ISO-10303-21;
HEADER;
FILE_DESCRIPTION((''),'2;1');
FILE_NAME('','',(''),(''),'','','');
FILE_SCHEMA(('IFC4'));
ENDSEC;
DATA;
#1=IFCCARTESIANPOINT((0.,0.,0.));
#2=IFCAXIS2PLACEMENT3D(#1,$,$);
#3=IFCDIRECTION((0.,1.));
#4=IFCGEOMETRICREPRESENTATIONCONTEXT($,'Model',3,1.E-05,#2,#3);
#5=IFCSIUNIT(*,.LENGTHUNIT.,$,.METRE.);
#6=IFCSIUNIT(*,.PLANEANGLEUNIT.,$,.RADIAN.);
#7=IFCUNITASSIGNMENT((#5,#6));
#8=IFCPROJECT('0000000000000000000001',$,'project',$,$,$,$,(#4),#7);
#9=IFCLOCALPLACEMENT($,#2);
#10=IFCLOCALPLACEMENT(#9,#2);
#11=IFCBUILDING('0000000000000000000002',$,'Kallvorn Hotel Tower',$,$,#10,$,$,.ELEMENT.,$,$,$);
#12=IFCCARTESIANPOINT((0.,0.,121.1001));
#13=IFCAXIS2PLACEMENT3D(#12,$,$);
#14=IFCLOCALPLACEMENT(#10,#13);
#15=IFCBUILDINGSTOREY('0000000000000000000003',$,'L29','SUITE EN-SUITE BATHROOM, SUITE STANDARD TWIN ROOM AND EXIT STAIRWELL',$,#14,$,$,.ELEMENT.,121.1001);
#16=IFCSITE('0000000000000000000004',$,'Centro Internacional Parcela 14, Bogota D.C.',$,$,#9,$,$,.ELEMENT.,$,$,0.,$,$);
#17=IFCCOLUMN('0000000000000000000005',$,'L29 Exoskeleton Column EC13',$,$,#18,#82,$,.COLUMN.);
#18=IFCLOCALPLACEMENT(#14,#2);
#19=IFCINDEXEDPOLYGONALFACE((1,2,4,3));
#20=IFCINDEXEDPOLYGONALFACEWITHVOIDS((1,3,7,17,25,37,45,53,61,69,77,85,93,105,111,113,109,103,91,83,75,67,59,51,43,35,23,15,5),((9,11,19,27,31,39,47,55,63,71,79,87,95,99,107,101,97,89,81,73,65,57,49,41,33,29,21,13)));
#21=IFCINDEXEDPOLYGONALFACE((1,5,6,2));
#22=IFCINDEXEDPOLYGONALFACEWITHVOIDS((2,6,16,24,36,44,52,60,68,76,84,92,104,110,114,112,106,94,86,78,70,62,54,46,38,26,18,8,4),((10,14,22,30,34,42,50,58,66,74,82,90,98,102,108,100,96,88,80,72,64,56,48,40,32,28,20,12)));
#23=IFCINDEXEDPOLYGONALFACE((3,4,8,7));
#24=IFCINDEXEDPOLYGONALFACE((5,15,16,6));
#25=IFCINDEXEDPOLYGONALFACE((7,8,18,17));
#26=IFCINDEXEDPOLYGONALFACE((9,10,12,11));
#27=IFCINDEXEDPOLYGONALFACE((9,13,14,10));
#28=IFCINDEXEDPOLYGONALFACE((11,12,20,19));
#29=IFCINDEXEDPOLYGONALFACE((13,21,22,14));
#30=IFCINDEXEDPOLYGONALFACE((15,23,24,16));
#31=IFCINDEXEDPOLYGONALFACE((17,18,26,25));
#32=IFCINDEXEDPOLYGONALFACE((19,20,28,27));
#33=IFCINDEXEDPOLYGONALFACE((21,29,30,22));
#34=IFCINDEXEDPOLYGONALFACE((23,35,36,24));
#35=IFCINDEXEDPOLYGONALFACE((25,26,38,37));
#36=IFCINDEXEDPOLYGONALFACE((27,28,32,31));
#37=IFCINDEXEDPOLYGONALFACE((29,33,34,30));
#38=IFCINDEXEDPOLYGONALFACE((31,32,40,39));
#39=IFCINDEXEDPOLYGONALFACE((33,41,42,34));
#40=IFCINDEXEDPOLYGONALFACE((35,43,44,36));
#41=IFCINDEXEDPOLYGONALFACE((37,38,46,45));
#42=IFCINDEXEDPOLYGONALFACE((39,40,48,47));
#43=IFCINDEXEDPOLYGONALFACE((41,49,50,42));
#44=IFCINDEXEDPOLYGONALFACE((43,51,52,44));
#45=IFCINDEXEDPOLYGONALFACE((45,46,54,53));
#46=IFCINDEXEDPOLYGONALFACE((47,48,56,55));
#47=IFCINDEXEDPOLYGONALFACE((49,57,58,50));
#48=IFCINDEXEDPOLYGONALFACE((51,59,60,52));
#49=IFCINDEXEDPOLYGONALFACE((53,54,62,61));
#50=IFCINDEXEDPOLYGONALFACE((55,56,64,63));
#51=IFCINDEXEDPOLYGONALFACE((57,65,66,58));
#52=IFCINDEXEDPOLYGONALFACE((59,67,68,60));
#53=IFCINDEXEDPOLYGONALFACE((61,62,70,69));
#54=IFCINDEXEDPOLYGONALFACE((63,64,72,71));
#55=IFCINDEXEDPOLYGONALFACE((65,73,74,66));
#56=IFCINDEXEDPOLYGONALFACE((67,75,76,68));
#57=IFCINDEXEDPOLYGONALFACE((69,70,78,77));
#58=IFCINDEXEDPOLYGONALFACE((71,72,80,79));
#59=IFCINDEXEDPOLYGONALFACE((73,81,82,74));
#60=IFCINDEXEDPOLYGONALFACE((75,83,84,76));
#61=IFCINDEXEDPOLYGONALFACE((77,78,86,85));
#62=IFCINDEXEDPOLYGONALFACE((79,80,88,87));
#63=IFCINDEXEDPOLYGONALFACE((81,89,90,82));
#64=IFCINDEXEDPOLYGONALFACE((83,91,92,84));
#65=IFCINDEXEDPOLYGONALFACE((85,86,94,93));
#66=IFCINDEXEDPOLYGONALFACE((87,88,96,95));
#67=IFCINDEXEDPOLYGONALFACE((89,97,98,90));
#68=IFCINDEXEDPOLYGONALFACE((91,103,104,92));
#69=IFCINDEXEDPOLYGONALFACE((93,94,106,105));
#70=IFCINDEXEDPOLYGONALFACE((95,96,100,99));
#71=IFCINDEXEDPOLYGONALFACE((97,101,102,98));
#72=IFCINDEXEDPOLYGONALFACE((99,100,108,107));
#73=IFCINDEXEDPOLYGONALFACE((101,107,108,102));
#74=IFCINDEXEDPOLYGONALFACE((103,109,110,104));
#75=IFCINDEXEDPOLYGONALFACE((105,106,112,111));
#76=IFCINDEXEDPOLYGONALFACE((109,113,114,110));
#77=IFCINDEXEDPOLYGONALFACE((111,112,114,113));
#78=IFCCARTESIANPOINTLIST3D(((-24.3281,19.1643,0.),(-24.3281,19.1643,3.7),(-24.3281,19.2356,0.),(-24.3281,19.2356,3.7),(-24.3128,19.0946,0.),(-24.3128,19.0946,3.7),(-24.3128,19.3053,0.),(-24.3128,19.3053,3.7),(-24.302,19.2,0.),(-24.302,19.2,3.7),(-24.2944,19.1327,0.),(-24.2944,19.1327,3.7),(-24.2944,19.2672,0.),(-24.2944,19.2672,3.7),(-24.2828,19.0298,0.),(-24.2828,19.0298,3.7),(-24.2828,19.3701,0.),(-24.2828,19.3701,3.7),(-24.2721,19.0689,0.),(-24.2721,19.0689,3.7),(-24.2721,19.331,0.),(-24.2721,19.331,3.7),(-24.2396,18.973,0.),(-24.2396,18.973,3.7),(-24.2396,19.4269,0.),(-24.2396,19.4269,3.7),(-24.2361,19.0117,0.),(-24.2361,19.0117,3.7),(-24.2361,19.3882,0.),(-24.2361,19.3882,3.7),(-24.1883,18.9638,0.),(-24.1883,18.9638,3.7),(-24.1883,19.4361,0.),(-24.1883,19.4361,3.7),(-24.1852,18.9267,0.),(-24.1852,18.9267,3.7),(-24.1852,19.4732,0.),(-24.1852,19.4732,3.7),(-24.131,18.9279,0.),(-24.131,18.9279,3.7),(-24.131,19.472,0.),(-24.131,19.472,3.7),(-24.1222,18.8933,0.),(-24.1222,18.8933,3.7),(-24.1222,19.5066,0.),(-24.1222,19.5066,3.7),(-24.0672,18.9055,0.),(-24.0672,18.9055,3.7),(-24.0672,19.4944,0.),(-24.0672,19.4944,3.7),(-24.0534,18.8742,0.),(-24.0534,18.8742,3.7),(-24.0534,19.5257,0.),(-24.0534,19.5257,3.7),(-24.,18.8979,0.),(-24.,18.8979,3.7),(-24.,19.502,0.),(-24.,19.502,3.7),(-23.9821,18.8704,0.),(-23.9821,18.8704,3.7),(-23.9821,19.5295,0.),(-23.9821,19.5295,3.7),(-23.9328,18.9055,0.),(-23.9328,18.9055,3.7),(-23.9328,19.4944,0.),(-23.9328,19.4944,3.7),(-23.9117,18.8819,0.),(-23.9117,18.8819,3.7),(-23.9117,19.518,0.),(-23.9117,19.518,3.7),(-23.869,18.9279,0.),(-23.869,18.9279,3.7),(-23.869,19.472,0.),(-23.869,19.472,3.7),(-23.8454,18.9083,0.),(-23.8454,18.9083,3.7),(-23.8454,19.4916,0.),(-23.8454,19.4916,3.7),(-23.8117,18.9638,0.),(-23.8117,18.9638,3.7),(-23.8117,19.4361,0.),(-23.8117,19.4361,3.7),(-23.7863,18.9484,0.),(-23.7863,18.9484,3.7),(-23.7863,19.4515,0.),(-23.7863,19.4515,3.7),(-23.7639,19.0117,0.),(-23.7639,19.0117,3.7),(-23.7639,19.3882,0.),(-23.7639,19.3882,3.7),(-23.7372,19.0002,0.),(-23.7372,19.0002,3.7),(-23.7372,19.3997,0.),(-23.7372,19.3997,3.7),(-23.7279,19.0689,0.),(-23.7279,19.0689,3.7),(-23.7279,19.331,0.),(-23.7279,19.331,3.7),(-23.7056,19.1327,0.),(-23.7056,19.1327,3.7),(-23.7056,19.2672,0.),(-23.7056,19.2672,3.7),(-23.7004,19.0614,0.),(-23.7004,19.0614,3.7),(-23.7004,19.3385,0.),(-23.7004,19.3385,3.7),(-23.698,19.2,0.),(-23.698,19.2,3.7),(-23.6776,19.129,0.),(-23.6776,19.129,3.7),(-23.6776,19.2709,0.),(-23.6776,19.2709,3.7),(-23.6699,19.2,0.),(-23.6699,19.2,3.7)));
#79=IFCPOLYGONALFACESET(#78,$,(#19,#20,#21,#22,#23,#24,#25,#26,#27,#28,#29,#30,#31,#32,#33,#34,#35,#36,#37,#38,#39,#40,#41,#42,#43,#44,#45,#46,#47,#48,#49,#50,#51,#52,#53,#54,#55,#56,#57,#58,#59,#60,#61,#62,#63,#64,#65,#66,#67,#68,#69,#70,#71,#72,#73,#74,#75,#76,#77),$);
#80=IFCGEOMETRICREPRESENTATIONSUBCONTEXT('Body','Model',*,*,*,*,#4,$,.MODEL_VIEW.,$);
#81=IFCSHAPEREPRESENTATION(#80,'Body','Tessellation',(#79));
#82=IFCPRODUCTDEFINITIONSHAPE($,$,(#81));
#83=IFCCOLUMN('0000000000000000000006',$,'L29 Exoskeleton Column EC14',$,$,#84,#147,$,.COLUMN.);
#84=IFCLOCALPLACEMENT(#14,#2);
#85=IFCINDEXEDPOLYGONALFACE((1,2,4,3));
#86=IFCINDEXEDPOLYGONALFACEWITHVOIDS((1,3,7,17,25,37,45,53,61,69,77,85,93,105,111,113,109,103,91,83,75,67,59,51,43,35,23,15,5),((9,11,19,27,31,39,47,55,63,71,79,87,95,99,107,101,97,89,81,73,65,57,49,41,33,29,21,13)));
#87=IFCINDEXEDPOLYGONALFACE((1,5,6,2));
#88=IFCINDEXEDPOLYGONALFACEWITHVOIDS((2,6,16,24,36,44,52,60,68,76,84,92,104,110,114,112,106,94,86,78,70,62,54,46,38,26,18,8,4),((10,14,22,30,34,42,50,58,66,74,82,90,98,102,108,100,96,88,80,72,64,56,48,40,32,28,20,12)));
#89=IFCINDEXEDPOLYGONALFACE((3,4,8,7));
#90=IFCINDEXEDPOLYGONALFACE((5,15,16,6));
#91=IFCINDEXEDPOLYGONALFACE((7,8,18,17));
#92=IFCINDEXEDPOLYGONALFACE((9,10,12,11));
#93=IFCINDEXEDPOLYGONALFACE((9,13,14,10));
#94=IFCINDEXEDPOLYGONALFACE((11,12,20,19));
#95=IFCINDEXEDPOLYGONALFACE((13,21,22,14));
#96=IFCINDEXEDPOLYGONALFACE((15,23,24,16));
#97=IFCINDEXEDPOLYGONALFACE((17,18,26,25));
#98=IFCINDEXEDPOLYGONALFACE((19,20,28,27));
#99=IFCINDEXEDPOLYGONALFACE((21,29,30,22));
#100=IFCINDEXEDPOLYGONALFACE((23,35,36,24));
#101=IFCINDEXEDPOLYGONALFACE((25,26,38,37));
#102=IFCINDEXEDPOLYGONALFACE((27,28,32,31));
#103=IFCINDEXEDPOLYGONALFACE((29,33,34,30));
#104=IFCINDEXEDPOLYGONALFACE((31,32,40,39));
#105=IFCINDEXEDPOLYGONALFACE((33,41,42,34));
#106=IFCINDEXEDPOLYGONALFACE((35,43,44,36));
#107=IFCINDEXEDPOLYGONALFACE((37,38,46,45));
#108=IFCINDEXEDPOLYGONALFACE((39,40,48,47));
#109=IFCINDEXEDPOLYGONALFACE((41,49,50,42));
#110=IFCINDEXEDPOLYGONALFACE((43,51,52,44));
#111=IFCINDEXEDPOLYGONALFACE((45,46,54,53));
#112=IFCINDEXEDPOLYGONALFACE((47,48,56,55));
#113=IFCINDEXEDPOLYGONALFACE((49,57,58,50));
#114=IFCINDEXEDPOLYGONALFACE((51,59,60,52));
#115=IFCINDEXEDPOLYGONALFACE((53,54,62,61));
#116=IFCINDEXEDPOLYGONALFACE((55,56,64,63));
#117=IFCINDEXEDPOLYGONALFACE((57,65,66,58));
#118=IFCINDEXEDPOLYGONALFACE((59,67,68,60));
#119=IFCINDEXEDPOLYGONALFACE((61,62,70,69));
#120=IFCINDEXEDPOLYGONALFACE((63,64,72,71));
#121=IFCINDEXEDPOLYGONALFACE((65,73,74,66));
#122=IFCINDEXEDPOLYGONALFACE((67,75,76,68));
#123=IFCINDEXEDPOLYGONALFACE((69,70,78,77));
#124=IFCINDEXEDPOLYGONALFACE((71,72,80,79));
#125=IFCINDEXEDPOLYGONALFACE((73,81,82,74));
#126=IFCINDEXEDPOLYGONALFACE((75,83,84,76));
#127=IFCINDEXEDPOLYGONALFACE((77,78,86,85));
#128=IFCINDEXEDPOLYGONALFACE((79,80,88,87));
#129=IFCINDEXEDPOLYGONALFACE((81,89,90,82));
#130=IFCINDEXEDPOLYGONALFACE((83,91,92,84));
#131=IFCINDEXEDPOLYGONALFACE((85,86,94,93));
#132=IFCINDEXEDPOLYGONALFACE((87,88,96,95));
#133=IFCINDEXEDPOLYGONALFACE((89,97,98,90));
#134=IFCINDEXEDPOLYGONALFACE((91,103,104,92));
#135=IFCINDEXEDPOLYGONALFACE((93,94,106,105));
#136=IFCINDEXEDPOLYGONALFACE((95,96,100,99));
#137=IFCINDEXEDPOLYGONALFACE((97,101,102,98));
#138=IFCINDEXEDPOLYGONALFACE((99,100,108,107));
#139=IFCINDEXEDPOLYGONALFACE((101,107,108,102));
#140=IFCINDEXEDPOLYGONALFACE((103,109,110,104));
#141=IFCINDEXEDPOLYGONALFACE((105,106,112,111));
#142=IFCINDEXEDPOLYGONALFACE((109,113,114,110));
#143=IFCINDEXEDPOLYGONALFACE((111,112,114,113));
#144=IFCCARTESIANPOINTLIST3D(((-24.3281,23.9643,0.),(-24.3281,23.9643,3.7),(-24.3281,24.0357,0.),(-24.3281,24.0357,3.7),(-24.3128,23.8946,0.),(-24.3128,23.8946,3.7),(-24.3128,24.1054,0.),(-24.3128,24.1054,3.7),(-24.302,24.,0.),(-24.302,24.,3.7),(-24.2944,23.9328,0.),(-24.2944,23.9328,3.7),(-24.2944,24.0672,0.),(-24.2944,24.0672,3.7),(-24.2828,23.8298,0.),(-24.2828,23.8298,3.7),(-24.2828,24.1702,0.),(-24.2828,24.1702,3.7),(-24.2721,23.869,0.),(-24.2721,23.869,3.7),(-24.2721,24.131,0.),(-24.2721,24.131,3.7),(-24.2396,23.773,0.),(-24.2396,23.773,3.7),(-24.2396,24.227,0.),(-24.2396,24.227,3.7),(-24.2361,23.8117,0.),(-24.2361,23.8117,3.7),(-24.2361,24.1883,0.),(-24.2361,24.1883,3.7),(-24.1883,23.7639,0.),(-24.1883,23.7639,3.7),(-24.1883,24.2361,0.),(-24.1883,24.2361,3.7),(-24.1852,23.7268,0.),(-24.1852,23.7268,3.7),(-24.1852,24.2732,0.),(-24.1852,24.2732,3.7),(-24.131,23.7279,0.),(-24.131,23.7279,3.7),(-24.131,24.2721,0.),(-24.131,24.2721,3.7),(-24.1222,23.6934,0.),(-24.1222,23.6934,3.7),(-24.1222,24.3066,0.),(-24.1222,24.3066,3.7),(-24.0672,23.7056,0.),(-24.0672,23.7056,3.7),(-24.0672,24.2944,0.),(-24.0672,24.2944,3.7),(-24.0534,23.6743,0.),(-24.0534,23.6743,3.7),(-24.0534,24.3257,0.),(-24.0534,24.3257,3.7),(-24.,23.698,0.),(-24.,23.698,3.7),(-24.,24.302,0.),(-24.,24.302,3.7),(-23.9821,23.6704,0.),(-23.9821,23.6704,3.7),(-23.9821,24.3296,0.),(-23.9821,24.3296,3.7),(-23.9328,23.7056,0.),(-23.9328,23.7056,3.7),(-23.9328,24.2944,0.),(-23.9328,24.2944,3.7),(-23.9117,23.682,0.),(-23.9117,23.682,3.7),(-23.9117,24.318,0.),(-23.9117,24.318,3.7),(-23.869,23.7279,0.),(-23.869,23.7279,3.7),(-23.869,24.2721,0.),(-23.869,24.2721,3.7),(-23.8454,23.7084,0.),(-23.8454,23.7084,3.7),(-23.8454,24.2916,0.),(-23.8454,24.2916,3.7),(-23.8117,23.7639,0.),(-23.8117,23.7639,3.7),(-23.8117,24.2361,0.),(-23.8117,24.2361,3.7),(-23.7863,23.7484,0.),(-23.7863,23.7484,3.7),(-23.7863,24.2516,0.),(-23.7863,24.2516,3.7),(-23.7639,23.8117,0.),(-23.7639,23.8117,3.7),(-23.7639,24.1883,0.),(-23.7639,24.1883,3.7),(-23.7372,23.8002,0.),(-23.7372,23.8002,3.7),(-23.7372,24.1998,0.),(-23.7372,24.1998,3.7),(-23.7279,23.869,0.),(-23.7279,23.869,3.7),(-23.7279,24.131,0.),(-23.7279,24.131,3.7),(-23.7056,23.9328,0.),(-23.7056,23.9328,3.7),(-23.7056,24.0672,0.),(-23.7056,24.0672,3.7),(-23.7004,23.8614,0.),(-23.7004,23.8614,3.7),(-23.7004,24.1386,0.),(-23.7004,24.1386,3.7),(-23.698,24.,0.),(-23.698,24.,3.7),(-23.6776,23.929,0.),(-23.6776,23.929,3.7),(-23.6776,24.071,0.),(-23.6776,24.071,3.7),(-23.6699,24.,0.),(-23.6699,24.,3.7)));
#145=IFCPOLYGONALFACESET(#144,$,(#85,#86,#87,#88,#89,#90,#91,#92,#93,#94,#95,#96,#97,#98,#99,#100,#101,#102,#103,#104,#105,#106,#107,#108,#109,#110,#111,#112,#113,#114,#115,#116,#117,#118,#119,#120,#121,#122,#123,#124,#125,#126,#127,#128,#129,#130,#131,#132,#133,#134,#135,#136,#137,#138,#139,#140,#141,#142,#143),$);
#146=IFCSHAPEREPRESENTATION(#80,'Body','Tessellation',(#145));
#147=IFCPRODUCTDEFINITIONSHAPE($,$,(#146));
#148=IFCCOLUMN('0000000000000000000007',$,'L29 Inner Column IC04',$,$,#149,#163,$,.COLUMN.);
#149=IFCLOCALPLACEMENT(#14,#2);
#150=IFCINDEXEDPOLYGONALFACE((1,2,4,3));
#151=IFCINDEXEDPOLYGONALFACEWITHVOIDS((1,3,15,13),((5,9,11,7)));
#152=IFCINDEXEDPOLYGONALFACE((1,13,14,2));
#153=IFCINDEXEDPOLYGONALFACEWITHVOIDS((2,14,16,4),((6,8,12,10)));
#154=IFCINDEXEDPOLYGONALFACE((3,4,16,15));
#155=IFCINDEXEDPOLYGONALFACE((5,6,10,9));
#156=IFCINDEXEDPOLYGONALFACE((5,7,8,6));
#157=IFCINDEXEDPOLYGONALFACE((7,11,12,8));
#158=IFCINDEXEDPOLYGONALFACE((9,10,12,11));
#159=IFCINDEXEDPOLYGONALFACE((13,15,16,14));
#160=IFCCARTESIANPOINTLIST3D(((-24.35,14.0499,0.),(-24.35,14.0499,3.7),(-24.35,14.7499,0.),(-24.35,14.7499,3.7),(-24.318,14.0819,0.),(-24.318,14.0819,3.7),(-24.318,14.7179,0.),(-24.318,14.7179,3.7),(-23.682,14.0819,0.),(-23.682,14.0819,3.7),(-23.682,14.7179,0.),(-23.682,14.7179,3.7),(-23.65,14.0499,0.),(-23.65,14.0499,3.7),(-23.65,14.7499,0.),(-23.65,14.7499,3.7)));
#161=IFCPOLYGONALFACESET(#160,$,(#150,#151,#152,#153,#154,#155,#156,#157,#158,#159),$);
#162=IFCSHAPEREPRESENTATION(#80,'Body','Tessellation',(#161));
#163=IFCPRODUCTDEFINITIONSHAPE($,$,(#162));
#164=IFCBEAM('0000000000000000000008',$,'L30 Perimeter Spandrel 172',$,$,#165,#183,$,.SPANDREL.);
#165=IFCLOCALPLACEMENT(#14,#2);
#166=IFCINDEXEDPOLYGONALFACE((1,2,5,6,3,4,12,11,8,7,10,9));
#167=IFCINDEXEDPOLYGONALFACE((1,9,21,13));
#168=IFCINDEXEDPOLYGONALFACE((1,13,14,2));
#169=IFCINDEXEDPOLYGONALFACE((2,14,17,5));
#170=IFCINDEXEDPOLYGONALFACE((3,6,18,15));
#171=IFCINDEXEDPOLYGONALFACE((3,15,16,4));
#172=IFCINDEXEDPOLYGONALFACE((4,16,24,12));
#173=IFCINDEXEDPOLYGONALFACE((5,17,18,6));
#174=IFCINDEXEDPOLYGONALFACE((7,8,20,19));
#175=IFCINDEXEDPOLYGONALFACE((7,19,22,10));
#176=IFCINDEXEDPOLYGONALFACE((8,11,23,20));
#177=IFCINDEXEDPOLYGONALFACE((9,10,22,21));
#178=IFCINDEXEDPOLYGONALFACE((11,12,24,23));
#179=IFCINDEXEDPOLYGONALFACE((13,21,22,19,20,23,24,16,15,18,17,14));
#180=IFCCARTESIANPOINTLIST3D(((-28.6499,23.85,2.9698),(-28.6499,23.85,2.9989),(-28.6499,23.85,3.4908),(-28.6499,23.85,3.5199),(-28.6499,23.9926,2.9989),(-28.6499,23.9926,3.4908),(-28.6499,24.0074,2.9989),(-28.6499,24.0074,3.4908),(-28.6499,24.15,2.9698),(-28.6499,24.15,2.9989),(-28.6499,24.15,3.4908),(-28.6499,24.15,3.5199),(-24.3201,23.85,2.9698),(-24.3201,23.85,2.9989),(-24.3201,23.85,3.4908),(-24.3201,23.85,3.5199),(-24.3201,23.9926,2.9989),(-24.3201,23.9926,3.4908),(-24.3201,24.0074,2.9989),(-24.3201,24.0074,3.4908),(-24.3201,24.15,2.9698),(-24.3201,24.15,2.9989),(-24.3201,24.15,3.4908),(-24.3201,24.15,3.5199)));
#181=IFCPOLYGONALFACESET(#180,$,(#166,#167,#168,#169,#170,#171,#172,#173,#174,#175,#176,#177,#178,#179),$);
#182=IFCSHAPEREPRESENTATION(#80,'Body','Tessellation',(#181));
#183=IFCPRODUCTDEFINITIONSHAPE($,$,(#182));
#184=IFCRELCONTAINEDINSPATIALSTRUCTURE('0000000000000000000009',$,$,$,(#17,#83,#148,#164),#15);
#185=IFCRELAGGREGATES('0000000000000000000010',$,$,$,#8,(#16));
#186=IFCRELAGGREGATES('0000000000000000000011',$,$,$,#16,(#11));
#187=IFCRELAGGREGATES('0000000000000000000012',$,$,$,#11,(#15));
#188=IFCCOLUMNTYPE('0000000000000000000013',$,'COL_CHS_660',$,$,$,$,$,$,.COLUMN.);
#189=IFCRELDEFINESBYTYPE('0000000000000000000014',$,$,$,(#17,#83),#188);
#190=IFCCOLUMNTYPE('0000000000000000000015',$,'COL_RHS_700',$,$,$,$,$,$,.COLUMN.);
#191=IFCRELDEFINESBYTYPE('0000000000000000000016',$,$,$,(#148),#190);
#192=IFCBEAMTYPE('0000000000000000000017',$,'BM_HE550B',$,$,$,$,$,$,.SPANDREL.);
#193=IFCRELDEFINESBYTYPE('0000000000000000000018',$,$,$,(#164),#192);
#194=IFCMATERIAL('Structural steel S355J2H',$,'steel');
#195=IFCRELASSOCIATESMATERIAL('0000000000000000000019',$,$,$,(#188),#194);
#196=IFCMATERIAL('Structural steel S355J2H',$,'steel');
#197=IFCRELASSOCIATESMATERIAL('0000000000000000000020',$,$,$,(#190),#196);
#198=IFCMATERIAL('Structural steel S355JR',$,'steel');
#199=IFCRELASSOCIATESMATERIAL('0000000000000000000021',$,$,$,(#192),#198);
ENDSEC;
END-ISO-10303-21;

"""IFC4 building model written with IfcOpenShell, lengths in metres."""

from ifc_helpers import new_model, si_unit, direction, frame, origin, origin_2d, place, context, subcontext, project, spatial, hollow_rectangle, hollow_circle, i_section, extrude, material, material_profile, profile_set, type_object, element, save


model = new_model("IFC4")

# Units and contexts
model_context = context("Model", 3, precision=1e-05, world=origin(), true_north=direction((0.0, 1.0)))
body_context = subcontext(model_context, "Body", "Model", "MODEL_VIEW")
ifc_project = project(units=[si_unit("LENGTHUNIT", "METRE"), si_unit("PLANEANGLEUNIT", "RADIAN")], contexts=[model_context])

# Site, building, storey
site_placement = place(None, origin())
site = spatial("IfcSite", under=ifc_project, at=site_placement, Name="Centro Internacional Parcela 14, Bogota D.C.", CompositionType="ELEMENT", RefElevation=0.0)
building_placement = place(site_placement, origin())
building = spatial("IfcBuilding", under=site, at=building_placement, Name="Kallvorn Hotel Tower", CompositionType="ELEMENT")
storey_placement = place(building_placement, frame((0.0, 0.0, 121.1001)))
storey = spatial("IfcBuildingStorey", under=building, at=storey_placement, Name="L29", Description="SUITE EN-SUITE BATHROOM, SUITE STANDARD TWIN ROOM AND EXIT STAIRWELL", CompositionType="ELEMENT", Elevation=121.1001)

# Columns
ifc_material_1 = material(Name="Structural steel S355J2H", Category="steel")
ifc_material_profile_1 = material_profile(ifc_material_1, hollow_circle(Radius=0.3301, WallThickness=0.0281, at=origin_2d()), Name="CHS 660x28")
ifc_profile_set_1 = profile_set([ifc_material_profile_1], Name="Structural steel S355J2H")
column_type_1 = type_object("IfcColumnType", Name="COL_CHS_660", PredefinedType="COLUMN", material=ifc_profile_set_1)
for number, where, z_axis, x_axis, name in (
    (1, (-24.0, 19.2, 0.0), (0.0, 0.0, 1.0), (1.0, 0.0, 0.0), "L29 Exoskeleton Column EC13"),
    (2, (-24.0, 24.0, 0.0), (0.0, 0.0, 1.0), (1.0, 0.0, 0.0), "L29 Exoskeleton Column EC14"),
):
    element("IfcColumn", number, at=place(storey_placement, frame(where, z_axis=z_axis, x_axis=x_axis)), inside=storey, type_object=column_type_1, Name=name, PredefinedType="COLUMN", context=body_context, shape_type="SweptSolid", body=[
        extrude(hollow_circle(Radius=0.3301, WallThickness=0.0281, at=origin_2d()), origin(), (0.0, 0.0, 1.0), 3.7),
    ])
ifc_material_2 = material(Name="Structural steel S355J2H", Category="steel")
ifc_material_profile_2 = material_profile(ifc_material_2, hollow_rectangle(XDim=0.7, YDim=0.7, WallThickness=0.032, at=origin_2d()), Name="RHS 700x700x32")
ifc_profile_set_2 = profile_set([ifc_material_profile_2], Name="Structural steel S355J2H")
column_type_2 = type_object("IfcColumnType", Name="COL_RHS_700", PredefinedType="COLUMN", material=ifc_profile_set_2)
column_placement = place(storey_placement, frame((-24.0, 14.3999, 0.0), z_axis=(0.0, 0.0, 1.0), x_axis=(1.0, 0.0, 0.0)))
element("IfcColumn", 3, at=column_placement, inside=storey, type_object=column_type_2, Name="L29 Inner Column IC04", PredefinedType="COLUMN", context=body_context, shape_type="SweptSolid", body=[
    extrude(hollow_rectangle(XDim=0.7, YDim=0.7, WallThickness=0.032, at=origin_2d()), origin(), (0.0, 0.0, 1.0), 3.7),
])

# Beam
ifc_material_3 = material(Name="Structural steel S355JR", Category="steel")
ifc_material_profile_3 = material_profile(ifc_material_3, i_section(OverallWidth=0.3, OverallDepth=0.55, WebThickness=0.0149, FlangeThickness=0.0291, at=origin_2d()), Name="HE 550 B")
ifc_profile_set_3 = profile_set([ifc_material_profile_3], Name="Structural steel S355JR")
beam_type_1 = type_object("IfcBeamType", Name="BM_HE550B", PredefinedType="SPANDREL", material=ifc_profile_set_3)
beam_1_placement = place(storey_placement, frame((-28.6499, 24.0, 3.2449), z_axis=(1.0, 0.0, 0.0), x_axis=(0.0, 1.0, 0.0)))
element("IfcBeam", 4, at=beam_1_placement, inside=storey, type_object=beam_type_1, Name="L30 Perimeter Spandrel 172", PredefinedType="SPANDREL", context=body_context, shape_type="SweptSolid", body=[
    extrude(i_section(OverallWidth=0.3, OverallDepth=0.55, WebThickness=0.0149, FlangeThickness=0.0291, at=origin_2d()), origin(), (0.0, 0.0, 1.0), 4.3298),
])

save(model, "model.ifc")
